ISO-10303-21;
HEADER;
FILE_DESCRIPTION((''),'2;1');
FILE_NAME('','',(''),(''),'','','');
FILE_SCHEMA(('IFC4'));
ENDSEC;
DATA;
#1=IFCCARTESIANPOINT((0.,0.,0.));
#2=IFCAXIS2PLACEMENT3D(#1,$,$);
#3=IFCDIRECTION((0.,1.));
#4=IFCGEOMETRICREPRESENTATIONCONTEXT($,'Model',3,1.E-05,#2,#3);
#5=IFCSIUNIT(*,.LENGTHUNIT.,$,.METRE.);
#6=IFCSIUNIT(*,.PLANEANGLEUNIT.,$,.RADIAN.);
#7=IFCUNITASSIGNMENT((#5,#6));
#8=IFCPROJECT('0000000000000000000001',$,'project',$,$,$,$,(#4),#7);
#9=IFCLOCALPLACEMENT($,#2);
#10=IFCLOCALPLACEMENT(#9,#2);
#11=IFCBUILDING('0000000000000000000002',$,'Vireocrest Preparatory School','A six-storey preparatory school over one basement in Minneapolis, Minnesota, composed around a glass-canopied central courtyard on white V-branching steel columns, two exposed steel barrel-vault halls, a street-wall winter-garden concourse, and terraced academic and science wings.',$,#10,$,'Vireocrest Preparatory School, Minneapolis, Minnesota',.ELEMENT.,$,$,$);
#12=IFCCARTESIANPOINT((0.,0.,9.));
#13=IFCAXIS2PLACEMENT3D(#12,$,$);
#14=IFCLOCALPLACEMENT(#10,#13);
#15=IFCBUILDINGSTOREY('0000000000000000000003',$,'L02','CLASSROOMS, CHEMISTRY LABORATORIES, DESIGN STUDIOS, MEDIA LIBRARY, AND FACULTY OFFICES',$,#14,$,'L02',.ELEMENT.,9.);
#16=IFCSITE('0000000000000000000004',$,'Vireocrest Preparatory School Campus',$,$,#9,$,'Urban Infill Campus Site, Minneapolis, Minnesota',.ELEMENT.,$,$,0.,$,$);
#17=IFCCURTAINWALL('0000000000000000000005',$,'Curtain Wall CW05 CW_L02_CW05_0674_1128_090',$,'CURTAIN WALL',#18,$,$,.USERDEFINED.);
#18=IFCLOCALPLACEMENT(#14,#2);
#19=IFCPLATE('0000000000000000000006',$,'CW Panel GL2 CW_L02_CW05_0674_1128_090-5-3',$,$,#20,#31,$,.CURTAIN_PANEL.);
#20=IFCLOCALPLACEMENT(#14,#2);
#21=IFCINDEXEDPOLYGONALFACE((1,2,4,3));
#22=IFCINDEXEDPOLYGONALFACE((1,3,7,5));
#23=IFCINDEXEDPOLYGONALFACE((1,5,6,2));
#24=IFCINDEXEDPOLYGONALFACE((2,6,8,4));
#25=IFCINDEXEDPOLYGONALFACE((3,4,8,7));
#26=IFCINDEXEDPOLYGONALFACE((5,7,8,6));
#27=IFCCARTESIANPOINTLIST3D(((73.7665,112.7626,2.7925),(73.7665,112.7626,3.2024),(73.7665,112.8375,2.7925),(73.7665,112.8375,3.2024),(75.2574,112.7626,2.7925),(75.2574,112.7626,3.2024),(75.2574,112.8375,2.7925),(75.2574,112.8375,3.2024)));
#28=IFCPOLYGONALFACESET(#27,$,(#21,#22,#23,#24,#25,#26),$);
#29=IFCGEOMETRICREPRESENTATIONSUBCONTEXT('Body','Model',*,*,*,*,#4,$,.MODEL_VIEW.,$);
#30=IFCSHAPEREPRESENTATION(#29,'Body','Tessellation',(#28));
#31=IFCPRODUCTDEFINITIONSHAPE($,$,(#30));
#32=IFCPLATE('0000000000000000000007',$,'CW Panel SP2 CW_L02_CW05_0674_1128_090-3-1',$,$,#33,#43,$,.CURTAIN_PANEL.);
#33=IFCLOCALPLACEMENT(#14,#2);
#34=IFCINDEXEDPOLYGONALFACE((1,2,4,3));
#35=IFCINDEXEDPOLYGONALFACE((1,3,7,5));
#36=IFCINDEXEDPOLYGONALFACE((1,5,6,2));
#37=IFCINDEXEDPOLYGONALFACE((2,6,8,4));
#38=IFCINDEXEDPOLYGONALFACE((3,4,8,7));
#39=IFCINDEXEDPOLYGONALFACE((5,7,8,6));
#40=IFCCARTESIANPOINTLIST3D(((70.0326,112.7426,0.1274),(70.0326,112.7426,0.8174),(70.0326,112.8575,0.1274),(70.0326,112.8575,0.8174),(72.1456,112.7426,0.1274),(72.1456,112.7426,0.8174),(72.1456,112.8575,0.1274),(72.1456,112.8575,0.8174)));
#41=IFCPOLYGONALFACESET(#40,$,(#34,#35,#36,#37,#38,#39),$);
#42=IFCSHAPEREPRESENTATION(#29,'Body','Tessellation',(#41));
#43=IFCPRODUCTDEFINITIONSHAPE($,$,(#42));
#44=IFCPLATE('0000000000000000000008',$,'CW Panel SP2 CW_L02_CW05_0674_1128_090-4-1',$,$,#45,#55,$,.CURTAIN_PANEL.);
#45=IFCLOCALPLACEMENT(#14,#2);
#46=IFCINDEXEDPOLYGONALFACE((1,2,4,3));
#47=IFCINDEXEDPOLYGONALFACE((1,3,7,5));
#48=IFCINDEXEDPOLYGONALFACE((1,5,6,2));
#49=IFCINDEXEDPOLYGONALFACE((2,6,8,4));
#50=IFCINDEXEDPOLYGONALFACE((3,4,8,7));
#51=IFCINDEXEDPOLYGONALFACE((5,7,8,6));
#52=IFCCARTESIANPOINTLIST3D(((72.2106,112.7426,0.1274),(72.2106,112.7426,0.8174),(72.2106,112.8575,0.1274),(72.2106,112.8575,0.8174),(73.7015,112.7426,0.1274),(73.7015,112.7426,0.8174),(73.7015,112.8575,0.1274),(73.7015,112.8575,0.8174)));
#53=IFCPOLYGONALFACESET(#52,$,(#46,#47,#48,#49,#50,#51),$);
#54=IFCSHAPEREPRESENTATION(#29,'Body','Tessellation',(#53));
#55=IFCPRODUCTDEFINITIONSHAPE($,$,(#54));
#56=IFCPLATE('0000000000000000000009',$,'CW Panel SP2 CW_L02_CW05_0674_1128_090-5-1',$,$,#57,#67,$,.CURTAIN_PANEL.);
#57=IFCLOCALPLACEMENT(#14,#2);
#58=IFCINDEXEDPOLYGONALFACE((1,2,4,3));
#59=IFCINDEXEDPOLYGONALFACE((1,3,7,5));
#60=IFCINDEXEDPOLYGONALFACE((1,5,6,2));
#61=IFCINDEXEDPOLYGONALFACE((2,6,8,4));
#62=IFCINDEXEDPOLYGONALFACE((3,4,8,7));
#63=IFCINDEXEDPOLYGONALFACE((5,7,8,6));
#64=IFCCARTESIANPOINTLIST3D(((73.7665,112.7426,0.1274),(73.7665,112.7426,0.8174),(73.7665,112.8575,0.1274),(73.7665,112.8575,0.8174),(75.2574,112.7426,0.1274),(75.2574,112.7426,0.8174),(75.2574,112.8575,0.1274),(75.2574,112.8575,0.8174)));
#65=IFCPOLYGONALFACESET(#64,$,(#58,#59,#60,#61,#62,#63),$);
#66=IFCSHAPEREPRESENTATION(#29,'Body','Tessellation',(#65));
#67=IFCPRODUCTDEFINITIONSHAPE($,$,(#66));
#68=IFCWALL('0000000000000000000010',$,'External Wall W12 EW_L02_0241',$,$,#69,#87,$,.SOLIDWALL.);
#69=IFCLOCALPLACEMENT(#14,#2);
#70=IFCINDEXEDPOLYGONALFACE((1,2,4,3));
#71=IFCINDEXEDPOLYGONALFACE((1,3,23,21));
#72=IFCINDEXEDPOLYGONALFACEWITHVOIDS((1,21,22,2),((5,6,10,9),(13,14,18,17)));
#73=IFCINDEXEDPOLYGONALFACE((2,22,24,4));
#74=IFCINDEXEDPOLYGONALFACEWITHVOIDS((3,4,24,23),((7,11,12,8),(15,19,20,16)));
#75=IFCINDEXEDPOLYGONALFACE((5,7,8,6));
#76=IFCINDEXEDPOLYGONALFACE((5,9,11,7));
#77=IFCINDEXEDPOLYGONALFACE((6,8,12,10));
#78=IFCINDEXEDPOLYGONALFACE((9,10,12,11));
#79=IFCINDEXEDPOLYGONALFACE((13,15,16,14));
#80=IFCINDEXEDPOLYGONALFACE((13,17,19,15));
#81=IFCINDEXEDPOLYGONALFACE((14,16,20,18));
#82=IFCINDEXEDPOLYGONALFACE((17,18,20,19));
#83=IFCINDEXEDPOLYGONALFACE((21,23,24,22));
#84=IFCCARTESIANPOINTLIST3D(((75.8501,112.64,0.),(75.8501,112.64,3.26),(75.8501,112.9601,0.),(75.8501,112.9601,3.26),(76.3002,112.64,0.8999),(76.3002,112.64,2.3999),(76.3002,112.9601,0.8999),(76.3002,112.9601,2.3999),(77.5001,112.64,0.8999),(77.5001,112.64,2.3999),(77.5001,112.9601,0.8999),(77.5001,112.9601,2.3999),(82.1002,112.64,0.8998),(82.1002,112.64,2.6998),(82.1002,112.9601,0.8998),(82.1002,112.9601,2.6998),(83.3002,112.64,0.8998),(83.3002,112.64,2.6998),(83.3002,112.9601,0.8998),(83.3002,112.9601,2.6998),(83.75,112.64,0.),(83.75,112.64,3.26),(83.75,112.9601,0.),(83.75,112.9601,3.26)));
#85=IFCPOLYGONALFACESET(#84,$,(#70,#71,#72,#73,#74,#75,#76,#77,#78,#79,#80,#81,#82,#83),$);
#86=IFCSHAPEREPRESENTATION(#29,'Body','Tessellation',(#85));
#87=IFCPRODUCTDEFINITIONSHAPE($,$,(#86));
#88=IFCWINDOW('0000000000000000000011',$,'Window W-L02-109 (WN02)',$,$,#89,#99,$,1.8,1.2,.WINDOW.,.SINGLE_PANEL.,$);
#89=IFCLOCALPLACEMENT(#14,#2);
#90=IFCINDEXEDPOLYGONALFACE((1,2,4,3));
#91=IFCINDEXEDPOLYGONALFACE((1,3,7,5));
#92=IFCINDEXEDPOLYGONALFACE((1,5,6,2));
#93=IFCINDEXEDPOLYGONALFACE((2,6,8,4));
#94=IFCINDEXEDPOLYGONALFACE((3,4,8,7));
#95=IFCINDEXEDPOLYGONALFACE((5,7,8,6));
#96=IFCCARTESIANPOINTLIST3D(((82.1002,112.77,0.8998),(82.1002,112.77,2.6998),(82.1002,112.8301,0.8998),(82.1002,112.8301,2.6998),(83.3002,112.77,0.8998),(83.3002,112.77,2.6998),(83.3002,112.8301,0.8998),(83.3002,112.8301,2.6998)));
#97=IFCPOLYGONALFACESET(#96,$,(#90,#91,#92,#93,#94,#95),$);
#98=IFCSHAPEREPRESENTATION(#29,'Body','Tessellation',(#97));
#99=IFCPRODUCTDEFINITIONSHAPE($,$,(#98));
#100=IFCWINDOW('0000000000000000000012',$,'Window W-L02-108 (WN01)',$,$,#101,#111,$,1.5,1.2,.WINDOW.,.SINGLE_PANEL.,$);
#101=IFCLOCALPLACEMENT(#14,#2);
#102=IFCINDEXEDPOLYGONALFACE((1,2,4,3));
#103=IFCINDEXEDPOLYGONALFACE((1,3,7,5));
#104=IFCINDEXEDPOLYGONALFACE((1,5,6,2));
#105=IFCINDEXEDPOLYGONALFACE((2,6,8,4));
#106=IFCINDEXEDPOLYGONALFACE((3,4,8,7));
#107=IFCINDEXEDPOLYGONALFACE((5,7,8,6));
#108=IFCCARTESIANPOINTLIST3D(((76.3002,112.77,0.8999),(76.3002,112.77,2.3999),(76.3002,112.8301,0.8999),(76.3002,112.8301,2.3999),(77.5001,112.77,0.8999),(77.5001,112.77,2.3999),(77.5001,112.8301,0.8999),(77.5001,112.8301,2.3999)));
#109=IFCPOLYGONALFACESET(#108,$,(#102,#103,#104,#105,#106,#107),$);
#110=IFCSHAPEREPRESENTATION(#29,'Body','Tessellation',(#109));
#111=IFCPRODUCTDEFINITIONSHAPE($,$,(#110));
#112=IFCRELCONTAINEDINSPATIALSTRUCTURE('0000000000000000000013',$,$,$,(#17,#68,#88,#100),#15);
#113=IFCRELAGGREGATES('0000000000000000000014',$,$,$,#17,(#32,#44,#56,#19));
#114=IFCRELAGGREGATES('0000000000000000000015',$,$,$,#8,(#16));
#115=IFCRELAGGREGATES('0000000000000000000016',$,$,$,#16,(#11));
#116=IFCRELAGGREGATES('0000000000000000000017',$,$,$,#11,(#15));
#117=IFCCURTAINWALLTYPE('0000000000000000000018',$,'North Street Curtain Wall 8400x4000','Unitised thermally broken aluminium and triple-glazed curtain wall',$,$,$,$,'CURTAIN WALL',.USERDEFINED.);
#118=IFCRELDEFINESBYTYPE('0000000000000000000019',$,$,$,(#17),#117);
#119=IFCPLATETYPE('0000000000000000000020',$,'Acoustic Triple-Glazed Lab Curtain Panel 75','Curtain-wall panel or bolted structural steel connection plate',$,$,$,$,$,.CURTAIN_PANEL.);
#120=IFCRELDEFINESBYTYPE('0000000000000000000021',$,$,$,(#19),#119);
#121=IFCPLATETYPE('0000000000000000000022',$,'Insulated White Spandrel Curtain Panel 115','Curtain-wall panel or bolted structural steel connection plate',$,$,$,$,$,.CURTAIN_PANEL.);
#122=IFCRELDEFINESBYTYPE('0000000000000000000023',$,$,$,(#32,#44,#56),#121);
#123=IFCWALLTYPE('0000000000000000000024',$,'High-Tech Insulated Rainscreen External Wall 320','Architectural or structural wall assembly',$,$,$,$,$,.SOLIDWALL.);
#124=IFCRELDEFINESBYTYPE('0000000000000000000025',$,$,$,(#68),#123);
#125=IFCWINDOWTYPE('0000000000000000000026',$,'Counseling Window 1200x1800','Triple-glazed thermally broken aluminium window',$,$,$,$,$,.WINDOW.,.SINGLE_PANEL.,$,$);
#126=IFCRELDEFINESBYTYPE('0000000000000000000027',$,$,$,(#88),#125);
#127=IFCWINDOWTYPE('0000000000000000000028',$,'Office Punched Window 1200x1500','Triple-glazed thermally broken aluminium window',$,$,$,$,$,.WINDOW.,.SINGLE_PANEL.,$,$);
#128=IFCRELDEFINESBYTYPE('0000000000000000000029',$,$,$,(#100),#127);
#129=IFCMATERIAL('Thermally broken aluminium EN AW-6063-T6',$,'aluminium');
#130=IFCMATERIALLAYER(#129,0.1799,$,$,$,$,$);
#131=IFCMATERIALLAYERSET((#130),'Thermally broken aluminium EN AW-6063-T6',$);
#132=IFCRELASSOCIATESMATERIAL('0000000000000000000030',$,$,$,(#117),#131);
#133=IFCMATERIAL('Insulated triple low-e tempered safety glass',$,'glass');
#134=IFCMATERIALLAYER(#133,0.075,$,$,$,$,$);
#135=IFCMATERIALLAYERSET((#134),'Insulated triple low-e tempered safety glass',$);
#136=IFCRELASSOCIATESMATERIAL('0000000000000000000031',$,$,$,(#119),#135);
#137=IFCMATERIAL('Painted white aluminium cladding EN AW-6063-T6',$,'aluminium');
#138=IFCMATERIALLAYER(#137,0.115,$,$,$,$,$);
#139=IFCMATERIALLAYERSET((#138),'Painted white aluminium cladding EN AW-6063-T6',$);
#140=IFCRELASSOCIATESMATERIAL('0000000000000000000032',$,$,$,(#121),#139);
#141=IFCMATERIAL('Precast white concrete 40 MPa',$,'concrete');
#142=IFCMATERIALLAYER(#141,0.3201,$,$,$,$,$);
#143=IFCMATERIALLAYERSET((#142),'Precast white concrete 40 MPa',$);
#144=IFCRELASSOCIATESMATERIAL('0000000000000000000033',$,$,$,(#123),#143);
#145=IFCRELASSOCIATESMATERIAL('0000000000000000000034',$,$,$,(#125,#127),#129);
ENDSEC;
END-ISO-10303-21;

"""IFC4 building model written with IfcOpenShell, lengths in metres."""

from ifc_helpers import new_model, si_unit, direction, frame, frame_2d, origin, origin_2d, place, context, subcontext, project, spatial, rectangle, extrude, material, layer, layer_set, type_object, element, fill, aggregate, save


model = new_model("IFC4")

# Units and contexts
model_context = context("Model", 3, precision=1e-05, world=origin(), true_north=direction((0.0, 1.0)))
body_context = subcontext(model_context, "Body", "Model", "MODEL_VIEW")
ifc_project = project(units=[si_unit("LENGTHUNIT", "METRE"), si_unit("PLANEANGLEUNIT", "RADIAN")], contexts=[model_context])

# Site, building, storey
site_placement = place(None, origin())
site = spatial("IfcSite", under=ifc_project, at=site_placement, Name="Vireocrest Preparatory School Campus", LongName="Urban Infill Campus Site, Minneapolis, Minnesota", CompositionType="ELEMENT", RefElevation=0.0)
building_placement = place(site_placement, origin())
building = spatial("IfcBuilding", under=site, at=building_placement, Name="Vireocrest Preparatory School", Description="A six-storey preparatory school over one basement in Minneapolis, Minnesota, composed around a glass-canopied central courtyard on white V-branching steel columns, two exposed steel barrel-vault halls, a street-wall winter-garden concourse, and terraced academic and science wings.", LongName="Vireocrest Preparatory School, Minneapolis, Minnesota", CompositionType="ELEMENT")
storey_placement = place(building_placement, frame((0.0, 0.0, 9.0)))
storey = spatial("IfcBuildingStorey", under=building, at=storey_placement, Name="L02", Description="CLASSROOMS, CHEMISTRY LABORATORIES, DESIGN STUDIOS, MEDIA LIBRARY, AND FACULTY OFFICES", LongName="L02", CompositionType="ELEMENT", Elevation=9.0)

# Curtain wall
ifc_material_1 = material(Name="Thermally broken aluminium EN AW-6063-T6", Category="aluminium")
ifc_layer_1 = layer(ifc_material_1, 0.1799)
ifc_layer_set_1 = layer_set([ifc_layer_1], Name="Thermally broken aluminium EN AW-6063-T6")
curtain_wall_type = type_object("IfcCurtainWallType", Name="North Street Curtain Wall 8400x4000", Description="Unitised thermally broken aluminium and triple-glazed curtain wall", ElementType="CURTAIN WALL", PredefinedType="USERDEFINED", material=ifc_layer_set_1)
curtain_wall_placement = place(storey_placement, origin())
curtain_wall = element("IfcCurtainWall", 1, at=curtain_wall_placement, inside=storey, type_object=curtain_wall_type, Name="Curtain Wall CW05 CW_L02_CW05_0674_1128_090", ObjectType="CURTAIN WALL", PredefinedType="USERDEFINED")

# Plates
ifc_material_2 = material(Name="Insulated triple low-e tempered safety glass", Category="glass")
ifc_layer_2 = layer(ifc_material_2, 0.075)
ifc_layer_set_2 = layer_set([ifc_layer_2], Name="Insulated triple low-e tempered safety glass")
plate_type_1 = type_object("IfcPlateType", Name="Acoustic Triple-Glazed Lab Curtain Panel 75", Description="Curtain-wall panel or bolted structural steel connection plate", PredefinedType="CURTAIN_PANEL", material=ifc_layer_set_2)
plate_1_placement = place(storey_placement, frame((74.512, 112.8, 2.7925), z_axis=(0.0, 0.0, 1.0), x_axis=(1.0, 0.0, 0.0)))
plate_1 = element("IfcPlate", 2, at=plate_1_placement, type_object=plate_type_1, Name="CW Panel GL2 CW_L02_CW05_0674_1128_090-5-3", PredefinedType="CURTAIN_PANEL", context=body_context, shape_type="SweptSolid", body=[
    extrude(rectangle(XDim=1.491, YDim=0.075, at=origin_2d()), origin(), (0.0, 0.0, 1.0), 0.4099),
])
ifc_material_3 = material(Name="Painted white aluminium cladding EN AW-6063-T6", Category="aluminium")
ifc_layer_3 = layer(ifc_material_3, 0.115)
ifc_layer_set_3 = layer_set([ifc_layer_3], Name="Painted white aluminium cladding EN AW-6063-T6")
plate_type_2 = type_object("IfcPlateType", Name="Insulated White Spandrel Curtain Panel 115", Description="Curtain-wall panel or bolted structural steel connection plate", PredefinedType="CURTAIN_PANEL", material=ifc_layer_set_3)
plate_2_placement = place(storey_placement, frame((71.0891, 112.8, 0.1274), z_axis=(0.0, 0.0, 1.0), x_axis=(1.0, 0.0, 0.0)))
plate_2 = element("IfcPlate", 3, at=plate_2_placement, type_object=plate_type_2, Name="CW Panel SP2 CW_L02_CW05_0674_1128_090-3-1", PredefinedType="CURTAIN_PANEL", context=body_context, shape_type="SweptSolid", body=[
    extrude(rectangle(XDim=2.113, YDim=0.115, at=origin_2d()), origin(), (0.0, 0.0, 1.0), 0.6899),
])
plate_3_placement = place(storey_placement, frame((72.9561, 112.8, 0.1274), z_axis=(0.0, 0.0, 1.0), x_axis=(1.0, 0.0, 0.0)))
plate_3 = element("IfcPlate", 4, at=plate_3_placement, type_object=plate_type_2, Name="CW Panel SP2 CW_L02_CW05_0674_1128_090-4-1", PredefinedType="CURTAIN_PANEL", context=body_context, shape_type="SweptSolid", body=[
    extrude(rectangle(XDim=1.491, YDim=0.115, at=origin_2d()), origin(), (0.0, 0.0, 1.0), 0.6899),
])
plate_4_placement = place(storey_placement, frame((74.512, 112.8, 0.1274), z_axis=(0.0, 0.0, 1.0), x_axis=(1.0, 0.0, 0.0)))
plate_4 = element("IfcPlate", 5, at=plate_4_placement, type_object=plate_type_2, Name="CW Panel SP2 CW_L02_CW05_0674_1128_090-5-1", PredefinedType="CURTAIN_PANEL", context=body_context, shape_type="SweptSolid", body=[
    extrude(rectangle(XDim=1.491, YDim=0.115, at=origin_2d()), origin(), (0.0, 0.0, 1.0), 0.6899),
])
aggregate(curtain_wall, [plate_2, plate_3, plate_4, plate_1])

# Wall, openings, windows
ifc_material_4 = material(Name="Precast white concrete 40 MPa", Category="concrete")
ifc_layer_4 = layer(ifc_material_4, 0.3201)
ifc_layer_set_4 = layer_set([ifc_layer_4], Name="Precast white concrete 40 MPa")
wall_type = type_object("IfcWallType", Name="High-Tech Insulated Rainscreen External Wall 320", Description="Architectural or structural wall assembly", PredefinedType="SOLIDWALL", material=ifc_layer_set_4)
wall_placement = place(storey_placement, frame((75.8501, 112.8, 0.0), z_axis=(0.0, 0.0, 1.0), x_axis=(1.0, 0.0, 0.0)))
wall = element("IfcWall", 6, at=wall_placement, inside=storey, type_object=wall_type, Name="External Wall W12 EW_L02_0241", PredefinedType="SOLIDWALL", context=body_context, shape_type="SweptSolid", body=[
    extrude(rectangle(XDim=7.8999, YDim=0.3201, at=frame_2d((3.95, 0.0))), origin(), (0.0, 0.0, 1.0), 3.26),
])
opening_1_placement = place(wall_placement, frame((0.45, 0.0, 0.8999)))
opening_1 = element("IfcOpeningElement", 7, at=opening_1_placement, cuts=wall, PredefinedType="OPENING", context=body_context, shape_type="SweptSolid", body=[
    extrude(rectangle(XDim=1.2, YDim=1.5, at=frame_2d((0.6001, 0.75))), frame((0.0, 0.1699, 0.0), z_axis=(0.0, -1.0, 0.0), x_axis=(1.0, 0.0, 0.0)), (0.0, 0.0, 1.0), 0.3401),
])
opening_2_placement = place(wall_placement, frame((6.25, 0.0, 0.8999)))
opening_2 = element("IfcOpeningElement", 8, at=opening_2_placement, cuts=wall, PredefinedType="OPENING", context=body_context, shape_type="SweptSolid", body=[
    extrude(rectangle(XDim=1.2, YDim=1.8, at=frame_2d((0.6001, 0.8999))), frame((0.0, 0.1699, 0.0), z_axis=(0.0, -1.0, 0.0), x_axis=(1.0, 0.0, 0.0)), (0.0, 0.0, 1.0), 0.3401),
])
window_type_1 = type_object("IfcWindowType", Name="Counseling Window 1200x1800", Description="Triple-glazed thermally broken aluminium window", PartitioningType="SINGLE_PANEL", PredefinedType="WINDOW", material=ifc_material_1)
window_1_placement = place(opening_2_placement, origin())
window_1 = element("IfcWindow", 9, at=window_1_placement, inside=storey, type_object=window_type_1, Name="Window W-L02-109 (WN02)", OverallHeight=1.8, OverallWidth=1.2, PartitioningType="SINGLE_PANEL", PredefinedType="WINDOW", context=body_context, shape_type="SweptSolid", body=[
    extrude(rectangle(XDim=1.2, YDim=1.8, at=frame_2d((0.6001, 0.8999))), frame((0.0, 0.03, 0.0), z_axis=(0.0, -1.0, 0.0), x_axis=(1.0, 0.0, 0.0)), (0.0, 0.0, 1.0), 0.0601),
])
fill(opening_2, window_1)
window_type_2 = type_object("IfcWindowType", Name="Office Punched Window 1200x1500", Description="Triple-glazed thermally broken aluminium window", PartitioningType="SINGLE_PANEL", PredefinedType="WINDOW", material=ifc_material_1)
window_2_placement = place(opening_1_placement, origin())
window_2 = element("IfcWindow", 10, at=window_2_placement, inside=storey, type_object=window_type_2, Name="Window W-L02-108 (WN01)", OverallHeight=1.5, OverallWidth=1.2, PartitioningType="SINGLE_PANEL", PredefinedType="WINDOW", context=body_context, shape_type="SweptSolid", body=[
    extrude(rectangle(XDim=1.2, YDim=1.5, at=frame_2d((0.6001, 0.75))), frame((0.0, 0.03, 0.0), z_axis=(0.0, -1.0, 0.0), x_axis=(1.0, 0.0, 0.0)), (0.0, 0.0, 1.0), 0.0601),
])
fill(opening_1, window_2)

save(model, "model.ifc")
